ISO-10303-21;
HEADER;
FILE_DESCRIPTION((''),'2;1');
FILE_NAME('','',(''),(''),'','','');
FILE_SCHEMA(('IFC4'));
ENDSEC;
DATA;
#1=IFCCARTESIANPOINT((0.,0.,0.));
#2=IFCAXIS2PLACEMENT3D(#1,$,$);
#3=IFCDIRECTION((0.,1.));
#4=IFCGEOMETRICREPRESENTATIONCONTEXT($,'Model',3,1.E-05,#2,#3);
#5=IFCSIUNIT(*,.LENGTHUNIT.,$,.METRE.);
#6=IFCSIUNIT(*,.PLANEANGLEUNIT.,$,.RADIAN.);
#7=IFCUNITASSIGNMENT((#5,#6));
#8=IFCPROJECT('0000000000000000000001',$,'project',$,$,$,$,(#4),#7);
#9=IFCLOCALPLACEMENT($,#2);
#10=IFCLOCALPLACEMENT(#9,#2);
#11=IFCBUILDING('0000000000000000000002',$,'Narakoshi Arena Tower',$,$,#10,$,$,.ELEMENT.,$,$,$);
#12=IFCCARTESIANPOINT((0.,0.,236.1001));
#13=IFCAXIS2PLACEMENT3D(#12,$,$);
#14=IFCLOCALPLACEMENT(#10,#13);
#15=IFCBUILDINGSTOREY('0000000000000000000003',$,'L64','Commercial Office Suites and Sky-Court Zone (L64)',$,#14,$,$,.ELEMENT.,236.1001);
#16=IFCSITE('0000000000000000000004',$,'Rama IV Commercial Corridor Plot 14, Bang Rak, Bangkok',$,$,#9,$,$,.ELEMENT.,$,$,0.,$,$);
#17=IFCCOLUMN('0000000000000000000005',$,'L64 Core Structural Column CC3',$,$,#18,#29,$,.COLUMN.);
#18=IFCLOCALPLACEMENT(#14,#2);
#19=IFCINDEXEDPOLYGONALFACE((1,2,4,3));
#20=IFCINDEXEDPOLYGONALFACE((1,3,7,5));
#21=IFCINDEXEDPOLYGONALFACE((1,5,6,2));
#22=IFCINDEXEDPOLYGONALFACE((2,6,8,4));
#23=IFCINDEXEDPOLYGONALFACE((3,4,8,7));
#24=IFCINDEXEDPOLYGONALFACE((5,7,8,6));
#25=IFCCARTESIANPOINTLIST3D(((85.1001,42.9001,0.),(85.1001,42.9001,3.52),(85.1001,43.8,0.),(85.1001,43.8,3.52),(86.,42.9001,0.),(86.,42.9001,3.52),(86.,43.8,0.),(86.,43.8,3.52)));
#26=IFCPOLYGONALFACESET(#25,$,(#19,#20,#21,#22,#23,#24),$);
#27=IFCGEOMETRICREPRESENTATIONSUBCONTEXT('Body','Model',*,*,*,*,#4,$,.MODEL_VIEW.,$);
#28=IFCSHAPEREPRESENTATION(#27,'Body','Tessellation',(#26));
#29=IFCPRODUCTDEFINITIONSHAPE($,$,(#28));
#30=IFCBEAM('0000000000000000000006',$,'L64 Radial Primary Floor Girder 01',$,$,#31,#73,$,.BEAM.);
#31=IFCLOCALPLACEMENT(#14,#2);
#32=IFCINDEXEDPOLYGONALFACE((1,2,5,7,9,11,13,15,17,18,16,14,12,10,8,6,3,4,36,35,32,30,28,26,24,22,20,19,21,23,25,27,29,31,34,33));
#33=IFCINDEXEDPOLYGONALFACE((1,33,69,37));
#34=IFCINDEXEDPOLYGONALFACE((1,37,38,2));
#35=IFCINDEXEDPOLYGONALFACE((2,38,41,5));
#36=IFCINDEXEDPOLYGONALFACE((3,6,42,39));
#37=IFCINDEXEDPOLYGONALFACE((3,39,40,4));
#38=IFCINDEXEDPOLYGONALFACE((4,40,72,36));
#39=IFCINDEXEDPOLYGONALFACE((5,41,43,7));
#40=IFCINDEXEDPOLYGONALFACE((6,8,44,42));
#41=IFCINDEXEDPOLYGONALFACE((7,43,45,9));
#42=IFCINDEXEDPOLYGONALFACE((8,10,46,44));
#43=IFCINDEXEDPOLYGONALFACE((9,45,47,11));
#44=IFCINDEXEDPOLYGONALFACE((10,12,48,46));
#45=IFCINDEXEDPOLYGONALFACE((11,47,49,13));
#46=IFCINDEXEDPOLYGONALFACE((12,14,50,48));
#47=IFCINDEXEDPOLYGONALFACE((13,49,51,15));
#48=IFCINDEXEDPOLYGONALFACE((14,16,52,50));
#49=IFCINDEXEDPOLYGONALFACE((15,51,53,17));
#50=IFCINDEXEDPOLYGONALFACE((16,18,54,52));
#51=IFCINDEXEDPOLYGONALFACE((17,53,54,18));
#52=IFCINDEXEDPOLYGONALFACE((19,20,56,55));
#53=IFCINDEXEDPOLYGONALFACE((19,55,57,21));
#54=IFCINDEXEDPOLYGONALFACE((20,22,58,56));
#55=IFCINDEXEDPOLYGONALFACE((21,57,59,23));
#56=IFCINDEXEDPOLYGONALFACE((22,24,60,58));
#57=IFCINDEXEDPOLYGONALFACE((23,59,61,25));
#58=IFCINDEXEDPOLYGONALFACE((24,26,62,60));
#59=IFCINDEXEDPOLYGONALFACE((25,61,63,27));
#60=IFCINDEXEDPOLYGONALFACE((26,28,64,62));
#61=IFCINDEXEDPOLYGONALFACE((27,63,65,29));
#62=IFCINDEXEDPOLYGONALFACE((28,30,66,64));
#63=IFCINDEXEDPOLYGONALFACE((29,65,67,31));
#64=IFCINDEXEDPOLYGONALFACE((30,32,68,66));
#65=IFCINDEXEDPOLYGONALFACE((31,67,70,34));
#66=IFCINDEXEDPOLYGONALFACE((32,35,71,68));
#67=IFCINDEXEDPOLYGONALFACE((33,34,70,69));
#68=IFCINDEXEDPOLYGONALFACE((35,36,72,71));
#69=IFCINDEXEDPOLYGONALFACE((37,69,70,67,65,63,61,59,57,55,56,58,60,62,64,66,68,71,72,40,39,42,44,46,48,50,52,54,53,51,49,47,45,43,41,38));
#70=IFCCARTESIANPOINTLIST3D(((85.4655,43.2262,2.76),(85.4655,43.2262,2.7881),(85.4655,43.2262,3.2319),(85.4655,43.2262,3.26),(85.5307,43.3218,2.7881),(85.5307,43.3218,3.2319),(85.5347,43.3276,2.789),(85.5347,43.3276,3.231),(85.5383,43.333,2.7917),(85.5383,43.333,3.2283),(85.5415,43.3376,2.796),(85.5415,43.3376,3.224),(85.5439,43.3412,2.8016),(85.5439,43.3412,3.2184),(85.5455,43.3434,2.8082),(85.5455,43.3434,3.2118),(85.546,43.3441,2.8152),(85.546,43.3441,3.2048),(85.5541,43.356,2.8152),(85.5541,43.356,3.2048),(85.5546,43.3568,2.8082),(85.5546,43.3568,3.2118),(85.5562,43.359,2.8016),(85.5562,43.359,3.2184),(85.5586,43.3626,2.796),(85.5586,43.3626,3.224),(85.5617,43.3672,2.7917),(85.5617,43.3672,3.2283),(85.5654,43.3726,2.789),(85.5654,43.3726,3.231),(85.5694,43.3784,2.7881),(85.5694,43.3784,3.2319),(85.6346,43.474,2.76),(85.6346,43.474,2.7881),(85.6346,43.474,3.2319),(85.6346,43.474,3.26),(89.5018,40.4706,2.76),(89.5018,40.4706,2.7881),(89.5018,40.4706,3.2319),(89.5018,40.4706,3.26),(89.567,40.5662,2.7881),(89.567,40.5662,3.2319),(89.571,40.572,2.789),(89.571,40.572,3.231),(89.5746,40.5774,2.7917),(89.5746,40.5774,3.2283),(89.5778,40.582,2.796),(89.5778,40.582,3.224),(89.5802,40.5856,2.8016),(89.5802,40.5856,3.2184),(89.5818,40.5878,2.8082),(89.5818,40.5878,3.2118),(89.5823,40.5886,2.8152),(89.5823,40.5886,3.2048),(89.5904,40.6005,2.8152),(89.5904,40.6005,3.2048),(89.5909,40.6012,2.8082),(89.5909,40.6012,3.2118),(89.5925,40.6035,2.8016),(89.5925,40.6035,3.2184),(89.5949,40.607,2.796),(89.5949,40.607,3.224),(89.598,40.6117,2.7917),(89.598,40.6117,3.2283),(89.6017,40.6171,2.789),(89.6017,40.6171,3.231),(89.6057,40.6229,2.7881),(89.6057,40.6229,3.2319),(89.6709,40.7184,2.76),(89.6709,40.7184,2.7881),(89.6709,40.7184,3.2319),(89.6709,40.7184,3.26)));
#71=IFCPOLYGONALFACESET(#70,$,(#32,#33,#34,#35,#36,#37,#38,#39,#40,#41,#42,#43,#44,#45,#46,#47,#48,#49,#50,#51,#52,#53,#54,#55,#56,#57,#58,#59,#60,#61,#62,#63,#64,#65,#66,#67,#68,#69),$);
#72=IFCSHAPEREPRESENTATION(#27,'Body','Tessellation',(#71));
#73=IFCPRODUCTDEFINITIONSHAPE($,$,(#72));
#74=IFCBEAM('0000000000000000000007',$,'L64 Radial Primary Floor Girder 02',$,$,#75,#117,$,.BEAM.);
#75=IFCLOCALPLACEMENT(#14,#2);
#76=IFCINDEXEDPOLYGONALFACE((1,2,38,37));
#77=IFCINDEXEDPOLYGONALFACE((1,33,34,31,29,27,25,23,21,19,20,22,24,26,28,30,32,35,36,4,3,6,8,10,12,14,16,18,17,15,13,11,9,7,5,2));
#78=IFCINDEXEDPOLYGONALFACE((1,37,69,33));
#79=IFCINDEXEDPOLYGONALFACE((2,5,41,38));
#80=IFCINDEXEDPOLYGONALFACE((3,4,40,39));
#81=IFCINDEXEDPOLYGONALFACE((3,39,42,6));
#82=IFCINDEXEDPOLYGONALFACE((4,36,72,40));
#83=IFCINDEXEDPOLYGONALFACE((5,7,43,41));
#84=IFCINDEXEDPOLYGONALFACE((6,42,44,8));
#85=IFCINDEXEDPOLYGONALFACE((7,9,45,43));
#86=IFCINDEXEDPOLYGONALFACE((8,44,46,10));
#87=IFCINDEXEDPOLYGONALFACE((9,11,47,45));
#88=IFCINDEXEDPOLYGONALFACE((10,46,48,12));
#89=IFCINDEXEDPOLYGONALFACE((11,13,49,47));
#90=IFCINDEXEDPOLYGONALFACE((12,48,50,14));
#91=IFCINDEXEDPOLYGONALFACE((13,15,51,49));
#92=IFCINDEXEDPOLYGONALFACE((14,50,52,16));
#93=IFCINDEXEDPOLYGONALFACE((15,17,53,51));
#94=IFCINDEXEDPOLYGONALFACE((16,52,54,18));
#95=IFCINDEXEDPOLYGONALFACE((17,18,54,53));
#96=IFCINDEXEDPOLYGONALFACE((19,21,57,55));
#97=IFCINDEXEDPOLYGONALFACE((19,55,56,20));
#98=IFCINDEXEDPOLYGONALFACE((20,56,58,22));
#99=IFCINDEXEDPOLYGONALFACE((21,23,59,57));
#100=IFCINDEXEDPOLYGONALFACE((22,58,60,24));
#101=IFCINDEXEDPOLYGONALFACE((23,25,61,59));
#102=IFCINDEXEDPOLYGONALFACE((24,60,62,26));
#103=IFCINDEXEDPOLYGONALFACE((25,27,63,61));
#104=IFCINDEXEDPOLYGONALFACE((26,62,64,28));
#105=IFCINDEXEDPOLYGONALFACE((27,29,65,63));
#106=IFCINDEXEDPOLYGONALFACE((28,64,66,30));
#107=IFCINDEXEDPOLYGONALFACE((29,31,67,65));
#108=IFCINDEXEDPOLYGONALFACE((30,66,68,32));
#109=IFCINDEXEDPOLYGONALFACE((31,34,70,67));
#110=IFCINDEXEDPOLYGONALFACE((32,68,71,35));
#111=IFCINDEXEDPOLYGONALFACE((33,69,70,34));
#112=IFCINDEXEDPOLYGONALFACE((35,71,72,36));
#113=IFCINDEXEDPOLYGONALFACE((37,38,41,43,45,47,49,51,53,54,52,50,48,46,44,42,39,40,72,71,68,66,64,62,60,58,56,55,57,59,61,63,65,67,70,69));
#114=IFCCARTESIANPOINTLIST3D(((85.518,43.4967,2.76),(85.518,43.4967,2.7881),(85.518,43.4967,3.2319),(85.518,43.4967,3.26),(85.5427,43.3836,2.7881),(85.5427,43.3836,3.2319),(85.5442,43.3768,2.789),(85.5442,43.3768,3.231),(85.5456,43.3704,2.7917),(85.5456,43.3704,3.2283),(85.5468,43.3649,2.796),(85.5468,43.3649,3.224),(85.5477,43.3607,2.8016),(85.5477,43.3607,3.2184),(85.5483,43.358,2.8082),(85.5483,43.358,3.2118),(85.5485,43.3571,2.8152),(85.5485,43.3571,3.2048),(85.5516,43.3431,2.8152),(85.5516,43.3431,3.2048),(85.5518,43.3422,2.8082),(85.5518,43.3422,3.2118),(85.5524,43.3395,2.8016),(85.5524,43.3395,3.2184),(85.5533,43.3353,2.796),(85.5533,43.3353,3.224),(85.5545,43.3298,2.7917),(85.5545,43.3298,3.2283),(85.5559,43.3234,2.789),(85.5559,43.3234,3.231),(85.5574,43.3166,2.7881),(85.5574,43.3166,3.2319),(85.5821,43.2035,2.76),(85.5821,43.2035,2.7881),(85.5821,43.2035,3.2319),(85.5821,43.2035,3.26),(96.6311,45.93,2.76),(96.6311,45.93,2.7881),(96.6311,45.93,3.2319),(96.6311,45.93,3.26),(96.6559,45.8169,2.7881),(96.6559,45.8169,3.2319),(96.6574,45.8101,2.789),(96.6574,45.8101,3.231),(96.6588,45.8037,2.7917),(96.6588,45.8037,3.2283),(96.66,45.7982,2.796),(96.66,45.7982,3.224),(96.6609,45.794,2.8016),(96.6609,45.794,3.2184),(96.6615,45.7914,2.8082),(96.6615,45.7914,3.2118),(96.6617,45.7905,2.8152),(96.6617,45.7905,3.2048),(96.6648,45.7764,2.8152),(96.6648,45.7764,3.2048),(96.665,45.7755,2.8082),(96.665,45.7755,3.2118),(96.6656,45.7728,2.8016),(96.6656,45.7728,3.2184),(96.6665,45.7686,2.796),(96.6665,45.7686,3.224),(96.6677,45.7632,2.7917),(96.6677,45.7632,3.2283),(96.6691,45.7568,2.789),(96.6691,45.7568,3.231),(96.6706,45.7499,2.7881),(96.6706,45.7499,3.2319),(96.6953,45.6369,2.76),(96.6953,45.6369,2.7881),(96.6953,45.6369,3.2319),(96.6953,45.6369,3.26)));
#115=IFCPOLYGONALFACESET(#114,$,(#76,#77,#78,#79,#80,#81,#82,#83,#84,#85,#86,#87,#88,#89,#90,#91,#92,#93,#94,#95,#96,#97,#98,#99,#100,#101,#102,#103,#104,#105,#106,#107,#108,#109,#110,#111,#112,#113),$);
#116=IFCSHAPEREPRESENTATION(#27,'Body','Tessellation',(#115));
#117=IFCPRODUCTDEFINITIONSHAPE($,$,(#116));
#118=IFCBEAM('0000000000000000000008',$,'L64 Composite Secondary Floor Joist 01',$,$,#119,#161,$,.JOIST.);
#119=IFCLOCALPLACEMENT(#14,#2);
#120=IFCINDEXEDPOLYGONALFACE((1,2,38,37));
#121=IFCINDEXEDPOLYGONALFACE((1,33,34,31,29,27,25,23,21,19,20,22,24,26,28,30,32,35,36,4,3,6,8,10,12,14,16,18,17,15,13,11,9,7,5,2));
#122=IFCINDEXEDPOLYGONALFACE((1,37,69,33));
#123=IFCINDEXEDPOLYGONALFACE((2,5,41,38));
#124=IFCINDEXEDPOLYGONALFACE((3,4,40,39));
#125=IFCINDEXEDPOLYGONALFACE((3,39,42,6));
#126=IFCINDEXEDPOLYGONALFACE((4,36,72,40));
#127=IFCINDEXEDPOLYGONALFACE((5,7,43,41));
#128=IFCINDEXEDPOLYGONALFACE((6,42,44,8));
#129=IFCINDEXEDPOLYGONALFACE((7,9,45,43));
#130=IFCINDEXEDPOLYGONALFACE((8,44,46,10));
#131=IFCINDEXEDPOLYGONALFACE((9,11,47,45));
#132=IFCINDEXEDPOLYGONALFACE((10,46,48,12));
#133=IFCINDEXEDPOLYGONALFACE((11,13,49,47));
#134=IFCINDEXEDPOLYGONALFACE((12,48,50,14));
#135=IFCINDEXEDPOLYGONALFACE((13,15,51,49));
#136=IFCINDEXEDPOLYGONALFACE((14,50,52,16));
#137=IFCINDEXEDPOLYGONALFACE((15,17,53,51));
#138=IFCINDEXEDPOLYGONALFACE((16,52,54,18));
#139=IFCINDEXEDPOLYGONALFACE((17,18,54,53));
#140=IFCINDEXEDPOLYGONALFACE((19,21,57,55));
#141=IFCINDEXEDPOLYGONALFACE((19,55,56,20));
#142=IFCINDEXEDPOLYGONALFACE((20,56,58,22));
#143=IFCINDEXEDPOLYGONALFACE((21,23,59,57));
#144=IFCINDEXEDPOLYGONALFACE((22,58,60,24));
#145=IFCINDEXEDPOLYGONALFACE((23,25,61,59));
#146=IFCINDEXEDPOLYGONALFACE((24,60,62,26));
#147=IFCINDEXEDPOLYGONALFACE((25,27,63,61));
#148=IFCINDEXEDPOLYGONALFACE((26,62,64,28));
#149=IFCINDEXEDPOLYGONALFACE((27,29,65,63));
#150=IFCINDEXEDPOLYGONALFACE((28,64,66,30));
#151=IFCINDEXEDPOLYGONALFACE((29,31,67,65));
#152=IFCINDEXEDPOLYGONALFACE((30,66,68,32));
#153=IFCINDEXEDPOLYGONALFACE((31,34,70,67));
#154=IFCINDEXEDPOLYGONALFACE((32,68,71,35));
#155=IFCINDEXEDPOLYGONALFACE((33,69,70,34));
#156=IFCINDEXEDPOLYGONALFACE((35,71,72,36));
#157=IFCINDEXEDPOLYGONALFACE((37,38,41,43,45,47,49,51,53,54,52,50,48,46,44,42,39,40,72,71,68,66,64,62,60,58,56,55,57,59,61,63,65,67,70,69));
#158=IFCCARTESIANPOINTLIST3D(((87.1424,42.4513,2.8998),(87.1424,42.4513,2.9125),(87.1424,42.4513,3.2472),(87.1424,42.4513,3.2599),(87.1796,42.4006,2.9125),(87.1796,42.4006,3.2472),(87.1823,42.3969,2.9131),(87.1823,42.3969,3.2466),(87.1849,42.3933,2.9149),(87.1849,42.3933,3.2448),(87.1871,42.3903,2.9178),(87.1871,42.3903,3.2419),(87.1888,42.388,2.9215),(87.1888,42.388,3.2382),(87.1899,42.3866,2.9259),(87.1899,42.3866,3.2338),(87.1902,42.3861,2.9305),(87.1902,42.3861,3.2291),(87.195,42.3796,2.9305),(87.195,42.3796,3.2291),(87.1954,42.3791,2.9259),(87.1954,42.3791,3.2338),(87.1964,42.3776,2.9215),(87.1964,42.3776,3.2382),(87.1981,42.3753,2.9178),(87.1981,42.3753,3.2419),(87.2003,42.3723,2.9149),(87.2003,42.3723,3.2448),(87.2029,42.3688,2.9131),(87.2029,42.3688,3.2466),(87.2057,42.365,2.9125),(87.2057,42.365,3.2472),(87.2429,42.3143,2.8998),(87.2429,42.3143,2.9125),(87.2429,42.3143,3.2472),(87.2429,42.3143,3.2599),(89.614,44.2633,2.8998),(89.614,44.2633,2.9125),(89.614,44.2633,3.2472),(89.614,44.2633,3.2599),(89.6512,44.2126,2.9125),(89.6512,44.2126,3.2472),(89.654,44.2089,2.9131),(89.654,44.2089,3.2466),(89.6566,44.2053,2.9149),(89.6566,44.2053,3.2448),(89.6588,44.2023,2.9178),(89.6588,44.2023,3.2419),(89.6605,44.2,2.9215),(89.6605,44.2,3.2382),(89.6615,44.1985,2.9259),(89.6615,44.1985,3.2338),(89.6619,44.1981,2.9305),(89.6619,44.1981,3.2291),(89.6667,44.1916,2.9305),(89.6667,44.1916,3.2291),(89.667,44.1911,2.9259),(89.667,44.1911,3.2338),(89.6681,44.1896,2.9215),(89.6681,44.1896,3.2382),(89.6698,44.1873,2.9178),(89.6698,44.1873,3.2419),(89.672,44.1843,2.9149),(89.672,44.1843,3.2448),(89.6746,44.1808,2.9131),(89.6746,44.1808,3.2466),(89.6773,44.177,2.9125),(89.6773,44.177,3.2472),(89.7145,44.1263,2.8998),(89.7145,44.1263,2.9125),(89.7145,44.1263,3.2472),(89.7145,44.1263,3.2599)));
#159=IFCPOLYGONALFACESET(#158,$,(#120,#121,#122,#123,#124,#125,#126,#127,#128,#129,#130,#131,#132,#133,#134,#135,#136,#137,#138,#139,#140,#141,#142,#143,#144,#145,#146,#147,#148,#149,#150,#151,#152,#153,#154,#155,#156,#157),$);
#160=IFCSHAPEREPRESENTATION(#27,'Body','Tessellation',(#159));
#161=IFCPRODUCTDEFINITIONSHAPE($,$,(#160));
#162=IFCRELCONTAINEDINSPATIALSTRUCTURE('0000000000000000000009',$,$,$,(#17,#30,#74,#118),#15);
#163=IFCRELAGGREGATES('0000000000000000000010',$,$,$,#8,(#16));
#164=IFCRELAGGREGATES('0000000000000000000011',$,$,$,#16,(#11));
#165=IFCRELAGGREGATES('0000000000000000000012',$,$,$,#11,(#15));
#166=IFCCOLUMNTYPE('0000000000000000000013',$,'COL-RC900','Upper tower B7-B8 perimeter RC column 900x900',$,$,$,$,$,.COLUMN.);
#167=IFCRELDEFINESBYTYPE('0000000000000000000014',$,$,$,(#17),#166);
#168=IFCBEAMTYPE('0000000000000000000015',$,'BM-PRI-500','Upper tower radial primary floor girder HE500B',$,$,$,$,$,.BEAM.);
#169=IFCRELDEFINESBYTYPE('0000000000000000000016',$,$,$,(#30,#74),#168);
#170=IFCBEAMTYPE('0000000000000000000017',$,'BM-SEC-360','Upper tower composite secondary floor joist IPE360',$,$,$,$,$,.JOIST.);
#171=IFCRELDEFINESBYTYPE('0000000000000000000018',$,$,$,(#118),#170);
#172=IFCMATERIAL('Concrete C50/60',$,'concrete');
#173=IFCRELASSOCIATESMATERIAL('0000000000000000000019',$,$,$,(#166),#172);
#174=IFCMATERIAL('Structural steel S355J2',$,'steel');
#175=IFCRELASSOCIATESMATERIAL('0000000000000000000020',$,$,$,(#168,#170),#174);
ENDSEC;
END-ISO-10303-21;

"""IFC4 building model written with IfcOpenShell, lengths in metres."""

from ifc_helpers import new_model, si_unit, direction, frame, origin, origin_2d, place, context, subcontext, project, spatial, rectangle, i_section, extrude, material, material_profile, profile_set, type_object, element, save


model = new_model("IFC4")

# Units and contexts
model_context = context("Model", 3, precision=1e-05, world=origin(), true_north=direction((0.0, 1.0)))
body_context = subcontext(model_context, "Body", "Model", "MODEL_VIEW")
ifc_project = project(units=[si_unit("LENGTHUNIT", "METRE"), si_unit("PLANEANGLEUNIT", "RADIAN")], contexts=[model_context])

# Site, building, storey
site_placement = place(None, origin())
site = spatial("IfcSite", under=ifc_project, at=site_placement, Name="Rama IV Commercial Corridor Plot 14, Bang Rak, Bangkok", CompositionType="ELEMENT", RefElevation=0.0)
building_placement = place(site_placement, origin())
building = spatial("IfcBuilding", under=site, at=building_placement, Name="Narakoshi Arena Tower", CompositionType="ELEMENT")
storey_placement = place(building_placement, frame((0.0, 0.0, 236.1001)))
storey = spatial("IfcBuildingStorey", under=building, at=storey_placement, Name="L64", Description="Commercial Office Suites and Sky-Court Zone (L64)", CompositionType="ELEMENT", Elevation=236.1001)

# Column
ifc_material_1 = material(Name="Concrete C50/60", Category="concrete")
ifc_material_profile_1 = material_profile(ifc_material_1, rectangle(XDim=0.8999, YDim=0.8999, at=origin_2d()), Name="RC900x900")
ifc_profile_set_1 = profile_set([ifc_material_profile_1], Name="Concrete C50/60")
column_type = type_object("IfcColumnType", Name="COL-RC900", Description="Upper tower B7-B8 perimeter RC column 900x900", PredefinedType="COLUMN", material=ifc_profile_set_1)
column_placement = place(storey_placement, frame((85.55, 43.3501, 0.0), z_axis=(0.0, 0.0, 1.0), x_axis=(1.0, 0.0, 0.0)))
element("IfcColumn", 1, at=column_placement, inside=storey, type_object=column_type, Name="L64 Core Structural Column CC3", PredefinedType="COLUMN", context=body_context, shape_type="SweptSolid", body=[
    extrude(rectangle(XDim=0.8999, YDim=0.8999, at=origin_2d()), origin(), (0.0, 0.0, 1.0), 3.52),
])

# Beams
ifc_material_2 = material(Name="Structural steel S355J2", Category="steel")
ifc_material_profile_2 = material_profile(ifc_material_2, i_section(OverallWidth=0.3, OverallDepth=0.5, WebThickness=0.0144, FlangeThickness=0.0281, FilletRadius=0.0271, at=origin_2d()), Name="HE500B")
ifc_profile_set_2 = profile_set([ifc_material_profile_2], Name="Structural steel S355J2")
beam_type_1 = type_object("IfcBeamType", Name="BM-PRI-500", Description="Upper tower radial primary floor girder HE500B", PredefinedType="BEAM", material=ifc_profile_set_2)
beam_1_placement = place(storey_placement, frame((85.55, 43.3501, 3.01), z_axis=(0.82589, -0.563831, 0.0), x_axis=(0.563831, 0.82589, 0.0)))
element("IfcBeam", 2, at=beam_1_placement, inside=storey, type_object=beam_type_1, Name="L64 Radial Primary Floor Girder 01", PredefinedType="BEAM", context=body_context, shape_type="SweptSolid", body=[
    extrude(i_section(OverallWidth=0.3, OverallDepth=0.5, WebThickness=0.0144, FlangeThickness=0.0281, FilletRadius=0.0271, at=origin_2d()), origin(), (0.0, 0.0, 1.0), 4.8872),
])
beam_2_placement = place(storey_placement, frame((85.55, 43.3501, 3.01), z_axis=(0.976857, 0.213891, 0.0), x_axis=(-0.213891, 0.976857, 0.0)))
element("IfcBeam", 3, at=beam_2_placement, inside=storey, type_object=beam_type_1, Name="L64 Radial Primary Floor Girder 02", PredefinedType="BEAM", context=body_context, shape_type="SweptSolid", body=[
    extrude(i_section(OverallWidth=0.3, OverallDepth=0.5, WebThickness=0.0144, FlangeThickness=0.0281, FilletRadius=0.0271, at=origin_2d()), origin(), (0.0, 0.0, 1.0), 11.3765),
])
ifc_material_profile_3 = material_profile(ifc_material_2, i_section(OverallWidth=0.1699, OverallDepth=0.3601, WebThickness=0.0081, FlangeThickness=0.0127, FilletRadius=0.0181, at=origin_2d()), Name="IPE360")
ifc_profile_set_3 = profile_set([ifc_material_profile_3], Name="Structural steel S355J2")
beam_type_2 = type_object("IfcBeamType", Name="BM-SEC-360", Description="Upper tower composite secondary floor joist IPE360", PredefinedType="JOIST", material=ifc_profile_set_3)
beam_3_placement = place(storey_placement, frame((87.1926, 42.3828, 3.0798), z_axis=(0.806491, 0.591246, 0.0), x_axis=(-0.591246, 0.806491, 0.0)))
element("IfcBeam", 4, at=beam_3_placement, inside=storey, type_object=beam_type_2, Name="L64 Composite Secondary Floor Joist 01", PredefinedType="JOIST", context=body_context, shape_type="SweptSolid", body=[
    extrude(i_section(OverallWidth=0.1699, OverallDepth=0.3601, WebThickness=0.0081, FlangeThickness=0.0127, FilletRadius=0.0181, at=origin_2d()), origin(), (0.0, 0.0, 1.0), 3.0647),
])

save(model, "model.ifc")
